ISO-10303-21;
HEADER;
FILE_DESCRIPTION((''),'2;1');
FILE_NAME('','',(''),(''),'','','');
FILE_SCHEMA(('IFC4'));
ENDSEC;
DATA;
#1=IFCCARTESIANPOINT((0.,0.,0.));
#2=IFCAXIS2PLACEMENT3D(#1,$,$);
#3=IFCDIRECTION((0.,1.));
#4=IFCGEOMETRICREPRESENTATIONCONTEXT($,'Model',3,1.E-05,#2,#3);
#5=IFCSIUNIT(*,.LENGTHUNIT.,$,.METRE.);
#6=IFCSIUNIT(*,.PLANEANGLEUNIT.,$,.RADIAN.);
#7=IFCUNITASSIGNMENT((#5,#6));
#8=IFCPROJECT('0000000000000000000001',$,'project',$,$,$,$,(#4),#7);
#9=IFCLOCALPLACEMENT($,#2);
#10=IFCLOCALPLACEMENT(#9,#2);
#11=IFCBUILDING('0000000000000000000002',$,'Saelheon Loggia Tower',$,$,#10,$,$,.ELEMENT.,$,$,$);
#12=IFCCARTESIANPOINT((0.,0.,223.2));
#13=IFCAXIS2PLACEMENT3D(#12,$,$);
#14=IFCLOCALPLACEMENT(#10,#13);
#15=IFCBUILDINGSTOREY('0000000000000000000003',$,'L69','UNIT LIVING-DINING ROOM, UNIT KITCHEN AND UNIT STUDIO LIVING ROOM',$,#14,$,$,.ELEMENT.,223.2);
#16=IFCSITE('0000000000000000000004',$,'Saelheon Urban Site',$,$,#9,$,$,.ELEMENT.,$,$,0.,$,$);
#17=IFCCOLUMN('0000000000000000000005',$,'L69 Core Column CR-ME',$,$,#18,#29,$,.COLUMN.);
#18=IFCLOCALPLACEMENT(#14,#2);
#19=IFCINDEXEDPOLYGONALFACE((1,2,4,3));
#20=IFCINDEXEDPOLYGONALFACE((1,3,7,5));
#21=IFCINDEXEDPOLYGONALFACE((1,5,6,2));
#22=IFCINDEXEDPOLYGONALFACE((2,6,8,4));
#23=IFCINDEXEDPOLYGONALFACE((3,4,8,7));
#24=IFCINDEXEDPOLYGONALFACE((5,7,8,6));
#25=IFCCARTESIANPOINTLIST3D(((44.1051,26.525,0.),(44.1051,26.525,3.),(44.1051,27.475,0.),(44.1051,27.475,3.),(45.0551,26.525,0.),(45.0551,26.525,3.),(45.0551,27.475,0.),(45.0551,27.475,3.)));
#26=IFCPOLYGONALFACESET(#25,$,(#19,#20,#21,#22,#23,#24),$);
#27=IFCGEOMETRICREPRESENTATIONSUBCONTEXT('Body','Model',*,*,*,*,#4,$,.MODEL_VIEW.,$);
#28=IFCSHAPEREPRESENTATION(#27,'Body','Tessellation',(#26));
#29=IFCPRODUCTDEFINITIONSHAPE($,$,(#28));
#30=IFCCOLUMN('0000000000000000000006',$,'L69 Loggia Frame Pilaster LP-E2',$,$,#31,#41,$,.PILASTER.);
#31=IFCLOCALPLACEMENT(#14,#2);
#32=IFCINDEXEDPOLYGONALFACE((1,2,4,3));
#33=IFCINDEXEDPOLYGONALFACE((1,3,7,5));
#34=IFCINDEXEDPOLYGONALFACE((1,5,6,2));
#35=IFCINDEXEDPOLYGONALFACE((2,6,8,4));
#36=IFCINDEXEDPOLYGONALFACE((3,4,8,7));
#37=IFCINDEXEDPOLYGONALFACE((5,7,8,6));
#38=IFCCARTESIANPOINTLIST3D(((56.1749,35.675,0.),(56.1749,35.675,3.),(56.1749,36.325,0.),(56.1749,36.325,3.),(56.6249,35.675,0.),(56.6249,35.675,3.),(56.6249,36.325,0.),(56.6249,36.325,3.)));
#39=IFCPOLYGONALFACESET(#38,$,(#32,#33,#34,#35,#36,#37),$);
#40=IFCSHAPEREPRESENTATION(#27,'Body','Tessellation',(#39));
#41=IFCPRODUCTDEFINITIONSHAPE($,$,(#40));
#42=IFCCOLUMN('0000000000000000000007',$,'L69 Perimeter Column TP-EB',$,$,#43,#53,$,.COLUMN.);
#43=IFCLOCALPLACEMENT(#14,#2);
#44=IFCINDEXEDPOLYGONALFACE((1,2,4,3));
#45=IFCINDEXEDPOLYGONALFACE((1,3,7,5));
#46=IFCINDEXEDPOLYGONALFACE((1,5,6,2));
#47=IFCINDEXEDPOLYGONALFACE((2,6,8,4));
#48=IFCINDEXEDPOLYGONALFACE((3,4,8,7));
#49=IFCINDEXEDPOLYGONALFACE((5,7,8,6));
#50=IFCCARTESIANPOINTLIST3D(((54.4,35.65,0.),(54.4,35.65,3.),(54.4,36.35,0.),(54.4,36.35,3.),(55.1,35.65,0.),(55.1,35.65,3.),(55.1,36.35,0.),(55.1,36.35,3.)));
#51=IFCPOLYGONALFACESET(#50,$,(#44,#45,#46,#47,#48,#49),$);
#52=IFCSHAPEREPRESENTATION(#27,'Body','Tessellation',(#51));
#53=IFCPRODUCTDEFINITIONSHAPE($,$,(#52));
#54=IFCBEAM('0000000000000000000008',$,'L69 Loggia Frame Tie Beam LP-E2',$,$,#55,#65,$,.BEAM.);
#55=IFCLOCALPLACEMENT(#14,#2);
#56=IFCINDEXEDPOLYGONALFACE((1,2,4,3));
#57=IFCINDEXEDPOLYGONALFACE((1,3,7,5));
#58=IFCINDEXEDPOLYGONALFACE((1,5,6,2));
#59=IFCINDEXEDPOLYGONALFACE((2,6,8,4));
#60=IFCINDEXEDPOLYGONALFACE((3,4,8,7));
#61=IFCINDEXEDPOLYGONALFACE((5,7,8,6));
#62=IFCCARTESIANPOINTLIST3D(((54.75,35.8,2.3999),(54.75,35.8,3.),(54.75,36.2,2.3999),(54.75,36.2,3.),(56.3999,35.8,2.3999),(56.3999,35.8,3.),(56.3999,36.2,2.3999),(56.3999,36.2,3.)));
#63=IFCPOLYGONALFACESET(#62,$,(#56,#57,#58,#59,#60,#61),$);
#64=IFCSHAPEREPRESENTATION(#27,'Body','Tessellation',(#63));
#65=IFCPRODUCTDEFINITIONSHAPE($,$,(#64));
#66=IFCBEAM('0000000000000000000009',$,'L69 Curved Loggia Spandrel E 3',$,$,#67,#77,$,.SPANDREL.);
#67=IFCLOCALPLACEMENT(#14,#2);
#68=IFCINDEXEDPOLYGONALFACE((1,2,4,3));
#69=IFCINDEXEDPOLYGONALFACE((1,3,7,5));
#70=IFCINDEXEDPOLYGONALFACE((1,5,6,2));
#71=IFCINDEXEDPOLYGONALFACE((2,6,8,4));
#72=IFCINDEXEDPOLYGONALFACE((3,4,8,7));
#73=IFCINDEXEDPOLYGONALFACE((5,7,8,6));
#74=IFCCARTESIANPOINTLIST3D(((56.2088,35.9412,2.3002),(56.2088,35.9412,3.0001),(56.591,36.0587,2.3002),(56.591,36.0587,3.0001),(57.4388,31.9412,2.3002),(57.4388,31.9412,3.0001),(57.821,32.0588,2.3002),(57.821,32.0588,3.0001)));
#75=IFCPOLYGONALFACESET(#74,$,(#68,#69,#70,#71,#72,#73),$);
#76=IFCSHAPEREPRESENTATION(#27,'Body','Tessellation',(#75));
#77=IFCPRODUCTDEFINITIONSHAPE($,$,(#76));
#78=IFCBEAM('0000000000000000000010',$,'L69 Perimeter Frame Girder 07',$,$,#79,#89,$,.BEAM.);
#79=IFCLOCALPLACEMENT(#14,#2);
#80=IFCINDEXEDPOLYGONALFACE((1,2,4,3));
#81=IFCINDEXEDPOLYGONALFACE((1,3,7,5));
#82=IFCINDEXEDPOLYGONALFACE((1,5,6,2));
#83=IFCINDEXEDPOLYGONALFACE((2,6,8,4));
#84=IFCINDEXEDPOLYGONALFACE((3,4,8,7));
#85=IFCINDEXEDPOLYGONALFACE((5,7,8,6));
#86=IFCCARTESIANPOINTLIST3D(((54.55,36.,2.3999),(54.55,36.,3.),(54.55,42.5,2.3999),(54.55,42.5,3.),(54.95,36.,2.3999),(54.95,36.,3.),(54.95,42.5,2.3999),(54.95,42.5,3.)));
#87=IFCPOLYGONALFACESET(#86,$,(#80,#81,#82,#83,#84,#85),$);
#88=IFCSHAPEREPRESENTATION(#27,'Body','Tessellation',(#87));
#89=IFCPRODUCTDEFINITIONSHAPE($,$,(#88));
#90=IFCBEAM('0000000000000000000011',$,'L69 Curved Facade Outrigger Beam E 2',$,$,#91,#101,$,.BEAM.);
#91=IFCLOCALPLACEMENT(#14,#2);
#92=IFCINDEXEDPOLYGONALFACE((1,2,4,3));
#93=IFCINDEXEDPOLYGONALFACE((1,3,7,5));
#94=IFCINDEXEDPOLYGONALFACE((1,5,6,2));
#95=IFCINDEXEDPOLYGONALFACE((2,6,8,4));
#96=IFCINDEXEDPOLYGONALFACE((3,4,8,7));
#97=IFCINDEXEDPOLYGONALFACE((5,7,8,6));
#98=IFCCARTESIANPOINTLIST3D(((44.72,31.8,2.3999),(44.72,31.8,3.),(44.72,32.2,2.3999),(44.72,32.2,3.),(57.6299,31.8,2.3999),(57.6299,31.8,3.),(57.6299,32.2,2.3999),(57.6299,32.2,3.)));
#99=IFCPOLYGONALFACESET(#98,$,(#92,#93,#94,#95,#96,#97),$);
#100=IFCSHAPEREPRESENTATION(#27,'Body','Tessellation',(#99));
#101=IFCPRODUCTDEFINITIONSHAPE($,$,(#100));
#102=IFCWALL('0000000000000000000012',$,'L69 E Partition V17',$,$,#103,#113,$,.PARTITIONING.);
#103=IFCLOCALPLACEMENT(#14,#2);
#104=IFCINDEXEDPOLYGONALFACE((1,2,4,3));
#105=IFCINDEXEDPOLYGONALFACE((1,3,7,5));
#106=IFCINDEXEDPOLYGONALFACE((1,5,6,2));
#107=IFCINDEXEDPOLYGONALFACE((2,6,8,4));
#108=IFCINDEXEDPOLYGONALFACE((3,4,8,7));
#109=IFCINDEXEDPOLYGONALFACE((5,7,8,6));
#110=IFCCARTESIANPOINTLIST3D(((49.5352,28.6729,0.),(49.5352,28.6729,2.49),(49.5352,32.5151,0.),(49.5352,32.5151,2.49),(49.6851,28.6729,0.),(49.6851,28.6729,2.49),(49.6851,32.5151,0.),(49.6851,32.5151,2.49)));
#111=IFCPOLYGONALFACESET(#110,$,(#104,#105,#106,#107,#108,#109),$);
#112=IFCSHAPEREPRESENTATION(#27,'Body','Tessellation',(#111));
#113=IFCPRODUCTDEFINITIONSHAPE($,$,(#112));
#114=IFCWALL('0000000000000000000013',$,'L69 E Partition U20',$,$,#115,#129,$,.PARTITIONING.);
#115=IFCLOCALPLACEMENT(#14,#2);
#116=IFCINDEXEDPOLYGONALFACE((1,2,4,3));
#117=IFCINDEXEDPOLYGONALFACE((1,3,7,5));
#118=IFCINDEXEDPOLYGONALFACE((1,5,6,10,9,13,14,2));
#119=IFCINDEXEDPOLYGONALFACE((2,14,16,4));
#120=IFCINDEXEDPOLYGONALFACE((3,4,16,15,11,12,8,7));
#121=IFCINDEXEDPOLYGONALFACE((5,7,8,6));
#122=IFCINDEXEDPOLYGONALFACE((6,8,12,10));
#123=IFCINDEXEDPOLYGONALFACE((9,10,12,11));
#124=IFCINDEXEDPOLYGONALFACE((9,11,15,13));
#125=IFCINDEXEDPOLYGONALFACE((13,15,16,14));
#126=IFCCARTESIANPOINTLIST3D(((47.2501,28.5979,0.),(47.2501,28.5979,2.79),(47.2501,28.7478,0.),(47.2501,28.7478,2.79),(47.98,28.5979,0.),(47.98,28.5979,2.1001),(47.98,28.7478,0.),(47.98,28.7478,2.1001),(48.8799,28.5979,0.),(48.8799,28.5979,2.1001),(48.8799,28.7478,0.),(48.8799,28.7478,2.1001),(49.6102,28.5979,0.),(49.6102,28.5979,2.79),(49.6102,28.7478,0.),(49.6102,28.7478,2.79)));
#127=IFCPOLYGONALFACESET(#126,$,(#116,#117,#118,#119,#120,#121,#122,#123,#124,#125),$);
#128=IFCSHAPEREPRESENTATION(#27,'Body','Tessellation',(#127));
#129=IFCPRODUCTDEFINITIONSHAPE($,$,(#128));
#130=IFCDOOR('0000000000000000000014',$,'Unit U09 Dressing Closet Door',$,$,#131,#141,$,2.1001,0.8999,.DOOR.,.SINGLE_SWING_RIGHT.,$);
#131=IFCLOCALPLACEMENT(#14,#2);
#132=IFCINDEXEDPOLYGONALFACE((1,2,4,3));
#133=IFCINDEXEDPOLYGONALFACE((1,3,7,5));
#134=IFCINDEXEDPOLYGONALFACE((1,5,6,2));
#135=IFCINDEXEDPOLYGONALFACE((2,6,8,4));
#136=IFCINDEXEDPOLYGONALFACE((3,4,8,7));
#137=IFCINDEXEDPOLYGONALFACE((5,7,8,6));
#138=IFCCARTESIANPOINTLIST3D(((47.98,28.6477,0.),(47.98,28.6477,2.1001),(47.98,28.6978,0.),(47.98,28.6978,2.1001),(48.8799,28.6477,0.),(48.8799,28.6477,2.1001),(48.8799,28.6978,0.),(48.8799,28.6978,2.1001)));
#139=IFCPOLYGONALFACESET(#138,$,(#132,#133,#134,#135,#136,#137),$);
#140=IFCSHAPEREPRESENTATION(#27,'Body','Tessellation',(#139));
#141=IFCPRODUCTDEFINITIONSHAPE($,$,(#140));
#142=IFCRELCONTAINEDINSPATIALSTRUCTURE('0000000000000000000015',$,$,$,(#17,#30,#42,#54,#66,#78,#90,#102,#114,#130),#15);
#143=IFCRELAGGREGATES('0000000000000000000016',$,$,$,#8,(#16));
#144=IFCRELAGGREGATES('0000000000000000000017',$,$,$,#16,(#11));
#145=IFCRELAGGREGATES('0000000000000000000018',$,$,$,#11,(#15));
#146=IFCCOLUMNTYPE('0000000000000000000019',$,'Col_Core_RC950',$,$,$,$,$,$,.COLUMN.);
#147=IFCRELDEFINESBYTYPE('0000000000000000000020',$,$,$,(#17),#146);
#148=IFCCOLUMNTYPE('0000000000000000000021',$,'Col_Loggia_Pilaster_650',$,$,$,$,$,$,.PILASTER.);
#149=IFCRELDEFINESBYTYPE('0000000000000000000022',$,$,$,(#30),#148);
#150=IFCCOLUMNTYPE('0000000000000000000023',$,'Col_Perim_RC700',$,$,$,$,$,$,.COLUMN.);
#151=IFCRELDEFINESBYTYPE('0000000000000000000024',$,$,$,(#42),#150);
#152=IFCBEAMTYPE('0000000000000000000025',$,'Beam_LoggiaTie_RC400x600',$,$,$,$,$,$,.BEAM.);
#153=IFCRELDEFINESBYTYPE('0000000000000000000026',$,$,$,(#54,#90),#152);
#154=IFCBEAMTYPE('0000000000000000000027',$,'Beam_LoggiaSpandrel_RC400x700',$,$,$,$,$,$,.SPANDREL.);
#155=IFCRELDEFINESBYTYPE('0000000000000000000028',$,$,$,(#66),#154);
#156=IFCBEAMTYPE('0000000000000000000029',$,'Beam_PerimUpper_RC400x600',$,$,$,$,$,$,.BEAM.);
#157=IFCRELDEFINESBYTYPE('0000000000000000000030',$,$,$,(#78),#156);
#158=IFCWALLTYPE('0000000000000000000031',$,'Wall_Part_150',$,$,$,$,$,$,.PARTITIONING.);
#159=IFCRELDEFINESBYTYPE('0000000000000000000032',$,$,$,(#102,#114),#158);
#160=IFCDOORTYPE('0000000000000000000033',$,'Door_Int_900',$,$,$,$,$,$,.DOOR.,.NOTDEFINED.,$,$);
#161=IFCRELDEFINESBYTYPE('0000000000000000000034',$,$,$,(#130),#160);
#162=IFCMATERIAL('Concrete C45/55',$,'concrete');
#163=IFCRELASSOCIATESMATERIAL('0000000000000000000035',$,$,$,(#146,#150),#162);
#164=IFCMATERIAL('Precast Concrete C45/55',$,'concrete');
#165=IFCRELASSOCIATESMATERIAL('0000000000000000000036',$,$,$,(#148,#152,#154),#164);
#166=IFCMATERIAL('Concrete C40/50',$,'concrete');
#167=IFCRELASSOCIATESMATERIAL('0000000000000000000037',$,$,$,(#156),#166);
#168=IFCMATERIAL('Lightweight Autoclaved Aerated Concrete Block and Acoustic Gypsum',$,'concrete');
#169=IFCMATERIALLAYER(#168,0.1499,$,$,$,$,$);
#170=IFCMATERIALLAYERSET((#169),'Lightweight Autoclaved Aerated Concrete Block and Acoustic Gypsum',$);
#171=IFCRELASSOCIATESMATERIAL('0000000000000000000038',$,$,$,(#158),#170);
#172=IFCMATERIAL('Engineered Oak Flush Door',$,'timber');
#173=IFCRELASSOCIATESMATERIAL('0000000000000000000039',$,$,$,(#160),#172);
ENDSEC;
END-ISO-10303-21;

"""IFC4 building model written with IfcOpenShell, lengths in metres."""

from ifc_helpers import new_model, si_unit, direction, frame, frame_2d, origin, origin_2d, place, context, subcontext, project, spatial, rectangle, extrude, source, transform, mapped, material, layer, layer_set, material_profile, profile_set, type_object, element, fill, save


model = new_model("IFC4")

# Units and contexts
model_context = context("Model", 3, precision=1e-05, world=origin(), true_north=direction((0.0, 1.0)))
body_context = subcontext(model_context, "Body", "Model", "MODEL_VIEW")
ifc_project = project(units=[si_unit("LENGTHUNIT", "METRE"), si_unit("PLANEANGLEUNIT", "RADIAN")], contexts=[model_context])

# Site, building, storey
site_placement = place(None, origin())
site = spatial("IfcSite", under=ifc_project, at=site_placement, Name="Saelheon Urban Site", CompositionType="ELEMENT", RefElevation=0.0)
building_placement = place(site_placement, origin())
building = spatial("IfcBuilding", under=site, at=building_placement, Name="Saelheon Loggia Tower", CompositionType="ELEMENT")
storey_placement = place(building_placement, frame((0.0, 0.0, 223.2)))
storey = spatial("IfcBuildingStorey", under=building, at=storey_placement, Name="L69", Description="UNIT LIVING-DINING ROOM, UNIT KITCHEN AND UNIT STUDIO LIVING ROOM", CompositionType="ELEMENT", Elevation=223.2)

# Columns
ifc_material_1 = material(Name="Concrete C45/55", Category="concrete")
ifc_material_profile_1 = material_profile(ifc_material_1, rectangle(XDim=0.95, YDim=0.95, at=origin_2d()), Name="RC-950x950")
ifc_profile_set_1 = profile_set([ifc_material_profile_1], Name="Concrete C45/55")
column_type_1 = type_object("IfcColumnType", Name="Col_Core_RC950", PredefinedType="COLUMN", material=ifc_profile_set_1)
shared_shape_1 = source(origin(), body_context, "Body", "SweptSolid", [
    extrude(rectangle(XDim=0.95, YDim=0.95, at=origin_2d()), origin(), (0.0, 0.0, 1.0), 3.0),
])
column_1_placement = place(storey_placement, frame((44.5801, 27.0, 0.0), z_axis=(0.0, 0.0, 1.0), x_axis=(1.0, 0.0, 0.0)))
element("IfcColumn", 1, at=column_1_placement, inside=storey, type_object=column_type_1, Name="L69 Core Column CR-ME", PredefinedType="COLUMN", context=body_context, shape_type="MappedRepresentation", body=[
    mapped(shared_shape_1, transform((0.0, 0.0, 0.0), scale=1.0)),
])
ifc_material_2 = material(Name="Precast Concrete C45/55", Category="concrete")
ifc_material_profile_2 = material_profile(ifc_material_2, rectangle(XDim=0.45, YDim=0.6499, at=origin_2d()), Name="RC-450x650")
ifc_profile_set_2 = profile_set([ifc_material_profile_2], Name="Precast Concrete C45/55")
column_type_2 = type_object("IfcColumnType", Name="Col_Loggia_Pilaster_650", PredefinedType="PILASTER", material=ifc_profile_set_2)
shared_shape_2 = source(origin(), body_context, "Body", "SweptSolid", [
    extrude(rectangle(XDim=0.45, YDim=0.6499, at=origin_2d()), origin(), (0.0, 0.0, 1.0), 3.0),
])
column_2_placement = place(storey_placement, frame((56.3999, 36.0, 0.0), z_axis=(0.0, 0.0, 1.0), x_axis=(1.0, 0.0, 0.0)))
element("IfcColumn", 2, at=column_2_placement, inside=storey, type_object=column_type_2, Name="L69 Loggia Frame Pilaster LP-E2", PredefinedType="PILASTER", context=body_context, shape_type="MappedRepresentation", body=[
    mapped(shared_shape_2, transform((0.0, 0.0, 0.0), scale=1.0)),
])
ifc_material_profile_3 = material_profile(ifc_material_1, rectangle(XDim=0.7, YDim=0.7, at=origin_2d()), Name="RC-700x700")
ifc_profile_set_3 = profile_set([ifc_material_profile_3], Name="Concrete C45/55")
column_type_3 = type_object("IfcColumnType", Name="Col_Perim_RC700", PredefinedType="COLUMN", material=ifc_profile_set_3)
shared_shape_3 = source(origin(), body_context, "Body", "SweptSolid", [
    extrude(rectangle(XDim=0.7, YDim=0.7, at=origin_2d()), origin(), (0.0, 0.0, 1.0), 3.0),
])
column_3_placement = place(storey_placement, frame((54.75, 36.0, 0.0), z_axis=(0.0, 0.0, 1.0), x_axis=(1.0, 0.0, 0.0)))
element("IfcColumn", 3, at=column_3_placement, inside=storey, type_object=column_type_3, Name="L69 Perimeter Column TP-EB", PredefinedType="COLUMN", context=body_context, shape_type="MappedRepresentation", body=[
    mapped(shared_shape_3, transform((0.0, 0.0, 0.0), scale=1.0)),
])

# Beams
ifc_material_profile_4 = material_profile(ifc_material_2, rectangle(XDim=0.3999, YDim=0.6001, at=origin_2d()), Name="RC-400x600")
ifc_profile_set_4 = profile_set([ifc_material_profile_4], Name="Precast Concrete C45/55")
beam_type_1 = type_object("IfcBeamType", Name="Beam_LoggiaTie_RC400x600", PredefinedType="BEAM", material=ifc_profile_set_4)
shared_shape_4 = source(origin(), body_context, "Body", "SweptSolid", [
    extrude(rectangle(XDim=0.3999, YDim=0.6001, at=origin_2d()), origin(), (0.0, 0.0, 1.0), 1.6499),
])
beam_1_placement = place(storey_placement, frame((54.75, 36.0, 2.7), z_axis=(1.0, 0.0, 0.0), x_axis=(0.0, 1.0, 0.0)))
element("IfcBeam", 4, at=beam_1_placement, inside=storey, type_object=beam_type_1, Name="L69 Loggia Frame Tie Beam LP-E2", PredefinedType="BEAM", context=body_context, shape_type="MappedRepresentation", body=[
    mapped(shared_shape_4, transform((0.0, 0.0, 0.0), scale=1.0)),
])
ifc_material_profile_5 = material_profile(ifc_material_2, rectangle(XDim=0.3999, YDim=0.7, at=origin_2d()), Name="RC-400x700")
ifc_profile_set_5 = profile_set([ifc_material_profile_5], Name="Precast Concrete C45/55")
beam_type_2 = type_object("IfcBeamType", Name="Beam_LoggiaSpandrel_RC400x700", PredefinedType="SPANDREL", material=ifc_profile_set_5)
shared_shape_5 = source(origin(), body_context, "Body", "SweptSolid", [
    extrude(rectangle(XDim=0.3999, YDim=0.7, at=origin_2d()), origin(), (0.0, 0.0, 1.0), 4.1848),
])
beam_2_placement = place(storey_placement, frame((57.6299, 32.0, 2.6501), z_axis=(-0.293914, 0.955832, 0.0), x_axis=(-0.955832, -0.293914, 0.0)))
element("IfcBeam", 5, at=beam_2_placement, inside=storey, type_object=beam_type_2, Name="L69 Curved Loggia Spandrel E 3", PredefinedType="SPANDREL", context=body_context, shape_type="MappedRepresentation", body=[
    mapped(shared_shape_5, transform((0.0, 0.0, 0.0), scale=1.0)),
])
ifc_material_3 = material(Name="Concrete C40/50", Category="concrete")
ifc_material_profile_6 = material_profile(ifc_material_3, rectangle(XDim=0.3999, YDim=0.6001, at=origin_2d()), Name="RC-400x600")
ifc_profile_set_6 = profile_set([ifc_material_profile_6], Name="Concrete C40/50")
beam_type_3 = type_object("IfcBeamType", Name="Beam_PerimUpper_RC400x600", PredefinedType="BEAM", material=ifc_profile_set_6)
shared_shape_6 = source(origin(), body_context, "Body", "SweptSolid", [
    extrude(rectangle(XDim=0.3999, YDim=0.6001, at=origin_2d()), origin(), (0.0, 0.0, 1.0), 6.5),
])
beam_3_placement = place(storey_placement, frame((54.75, 36.0, 2.7), z_axis=(0.0, 1.0, 0.0), x_axis=(-1.0, 0.0, 0.0)))
element("IfcBeam", 6, at=beam_3_placement, inside=storey, type_object=beam_type_3, Name="L69 Perimeter Frame Girder 07", PredefinedType="BEAM", context=body_context, shape_type="MappedRepresentation", body=[
    mapped(shared_shape_6, transform((0.0, 0.0, 0.0), scale=1.0)),
])
shared_shape_7 = source(origin(), body_context, "Body", "SweptSolid", [
    extrude(rectangle(XDim=0.3999, YDim=0.6001, at=origin_2d()), origin(), (0.0, 0.0, 1.0), 12.9099),
])
beam_4_placement = place(storey_placement, frame((44.72, 32.0, 2.7), z_axis=(1.0, 0.0, 0.0), x_axis=(0.0, 1.0, 0.0)))
element("IfcBeam", 7, at=beam_4_placement, inside=storey, type_object=beam_type_1, Name="L69 Curved Facade Outrigger Beam E 2", PredefinedType="BEAM", context=body_context, shape_type="MappedRepresentation", body=[
    mapped(shared_shape_7, transform((0.0, 0.0, 0.0), scale=1.0)),
])

# Wall
ifc_material_4 = material(Name="Lightweight Autoclaved Aerated Concrete Block and Acoustic Gypsum", Category="concrete")
ifc_layer_1 = layer(ifc_material_4, 0.1499)
ifc_layer_set_1 = layer_set([ifc_layer_1], Name="Lightweight Autoclaved Aerated Concrete Block and Acoustic Gypsum")
wall_type_1 = type_object("IfcWallType", Name="Wall_Part_150", PredefinedType="PARTITIONING", material=ifc_layer_set_1)
wall_1_placement = place(storey_placement, frame((49.6101, 28.6729, 0.0), z_axis=(0.0, 0.0, 1.0), x_axis=(0.0, 1.0, 0.0)))
element("IfcWall", 8, at=wall_1_placement, inside=storey, type_object=wall_type_1, Name="L69 E Partition V17", PredefinedType="PARTITIONING", context=body_context, shape_type="SweptSolid", body=[
    extrude(rectangle(XDim=3.8423, YDim=0.1499, at=frame_2d((1.9211, 0.0))), origin(), (0.0, 0.0, 1.0), 2.49),
])

# Wall, opening, door
wall_2_placement = place(storey_placement, frame((47.25, 28.6729, 0.0), z_axis=(0.0, 0.0, 1.0), x_axis=(1.0, 0.0, 0.0)))
wall_2 = element("IfcWall", 9, at=wall_2_placement, inside=storey, type_object=wall_type_1, Name="L69 E Partition U20", PredefinedType="PARTITIONING", context=body_context, shape_type="SweptSolid", body=[
    extrude(rectangle(XDim=2.3601, YDim=0.1499, at=frame_2d((1.1802, 0.0))), origin(), (0.0, 0.0, 1.0), 2.79),
])
opening_1_placement = place(wall_2_placement, frame((0.73, 0.0, 0.0)))
opening_1 = element("IfcOpeningElement", 10, at=opening_1_placement, cuts=wall_2, PredefinedType="OPENING", context=body_context, shape_type="SweptSolid", body=[
    extrude(rectangle(XDim=0.8999, YDim=2.1001, at=frame_2d((0.45, 1.05))), frame((0.0, 0.0869, 0.0), z_axis=(0.0, -1.0, 0.0), x_axis=(1.0, 0.0, 0.0)), (0.0, 0.0, 1.0), 0.1738),
])
ifc_material_5 = material(Name="Engineered Oak Flush Door", Category="timber")
door_type_1 = type_object("IfcDoorType", Name="Door_Int_900", OperationType="NOTDEFINED", PredefinedType="DOOR", material=ifc_material_5)
shared_shape_8 = source(origin(), body_context, "Body", "SweptSolid", [
    extrude(rectangle(XDim=0.8999, YDim=2.1001, at=frame_2d((0.45, 1.05))), frame((0.0, 0.0249, 0.0), z_axis=(0.0, -1.0, 0.0), x_axis=(1.0, 0.0, 0.0)), (0.0, 0.0, 1.0), 0.05),
])
door_1_placement = place(opening_1_placement, origin())
door_1 = element("IfcDoor", 11, at=door_1_placement, inside=storey, type_object=door_type_1, Name="Unit U09 Dressing Closet Door", OperationType="SINGLE_SWING_RIGHT", OverallHeight=2.1001, OverallWidth=0.8999, PredefinedType="DOOR", context=body_context, shape_type="MappedRepresentation", body=[
    mapped(shared_shape_8, transform((0.0, 0.0, 0.0), scale=1.0)),
])
fill(opening_1, door_1)

save(model, "model.ifc")
